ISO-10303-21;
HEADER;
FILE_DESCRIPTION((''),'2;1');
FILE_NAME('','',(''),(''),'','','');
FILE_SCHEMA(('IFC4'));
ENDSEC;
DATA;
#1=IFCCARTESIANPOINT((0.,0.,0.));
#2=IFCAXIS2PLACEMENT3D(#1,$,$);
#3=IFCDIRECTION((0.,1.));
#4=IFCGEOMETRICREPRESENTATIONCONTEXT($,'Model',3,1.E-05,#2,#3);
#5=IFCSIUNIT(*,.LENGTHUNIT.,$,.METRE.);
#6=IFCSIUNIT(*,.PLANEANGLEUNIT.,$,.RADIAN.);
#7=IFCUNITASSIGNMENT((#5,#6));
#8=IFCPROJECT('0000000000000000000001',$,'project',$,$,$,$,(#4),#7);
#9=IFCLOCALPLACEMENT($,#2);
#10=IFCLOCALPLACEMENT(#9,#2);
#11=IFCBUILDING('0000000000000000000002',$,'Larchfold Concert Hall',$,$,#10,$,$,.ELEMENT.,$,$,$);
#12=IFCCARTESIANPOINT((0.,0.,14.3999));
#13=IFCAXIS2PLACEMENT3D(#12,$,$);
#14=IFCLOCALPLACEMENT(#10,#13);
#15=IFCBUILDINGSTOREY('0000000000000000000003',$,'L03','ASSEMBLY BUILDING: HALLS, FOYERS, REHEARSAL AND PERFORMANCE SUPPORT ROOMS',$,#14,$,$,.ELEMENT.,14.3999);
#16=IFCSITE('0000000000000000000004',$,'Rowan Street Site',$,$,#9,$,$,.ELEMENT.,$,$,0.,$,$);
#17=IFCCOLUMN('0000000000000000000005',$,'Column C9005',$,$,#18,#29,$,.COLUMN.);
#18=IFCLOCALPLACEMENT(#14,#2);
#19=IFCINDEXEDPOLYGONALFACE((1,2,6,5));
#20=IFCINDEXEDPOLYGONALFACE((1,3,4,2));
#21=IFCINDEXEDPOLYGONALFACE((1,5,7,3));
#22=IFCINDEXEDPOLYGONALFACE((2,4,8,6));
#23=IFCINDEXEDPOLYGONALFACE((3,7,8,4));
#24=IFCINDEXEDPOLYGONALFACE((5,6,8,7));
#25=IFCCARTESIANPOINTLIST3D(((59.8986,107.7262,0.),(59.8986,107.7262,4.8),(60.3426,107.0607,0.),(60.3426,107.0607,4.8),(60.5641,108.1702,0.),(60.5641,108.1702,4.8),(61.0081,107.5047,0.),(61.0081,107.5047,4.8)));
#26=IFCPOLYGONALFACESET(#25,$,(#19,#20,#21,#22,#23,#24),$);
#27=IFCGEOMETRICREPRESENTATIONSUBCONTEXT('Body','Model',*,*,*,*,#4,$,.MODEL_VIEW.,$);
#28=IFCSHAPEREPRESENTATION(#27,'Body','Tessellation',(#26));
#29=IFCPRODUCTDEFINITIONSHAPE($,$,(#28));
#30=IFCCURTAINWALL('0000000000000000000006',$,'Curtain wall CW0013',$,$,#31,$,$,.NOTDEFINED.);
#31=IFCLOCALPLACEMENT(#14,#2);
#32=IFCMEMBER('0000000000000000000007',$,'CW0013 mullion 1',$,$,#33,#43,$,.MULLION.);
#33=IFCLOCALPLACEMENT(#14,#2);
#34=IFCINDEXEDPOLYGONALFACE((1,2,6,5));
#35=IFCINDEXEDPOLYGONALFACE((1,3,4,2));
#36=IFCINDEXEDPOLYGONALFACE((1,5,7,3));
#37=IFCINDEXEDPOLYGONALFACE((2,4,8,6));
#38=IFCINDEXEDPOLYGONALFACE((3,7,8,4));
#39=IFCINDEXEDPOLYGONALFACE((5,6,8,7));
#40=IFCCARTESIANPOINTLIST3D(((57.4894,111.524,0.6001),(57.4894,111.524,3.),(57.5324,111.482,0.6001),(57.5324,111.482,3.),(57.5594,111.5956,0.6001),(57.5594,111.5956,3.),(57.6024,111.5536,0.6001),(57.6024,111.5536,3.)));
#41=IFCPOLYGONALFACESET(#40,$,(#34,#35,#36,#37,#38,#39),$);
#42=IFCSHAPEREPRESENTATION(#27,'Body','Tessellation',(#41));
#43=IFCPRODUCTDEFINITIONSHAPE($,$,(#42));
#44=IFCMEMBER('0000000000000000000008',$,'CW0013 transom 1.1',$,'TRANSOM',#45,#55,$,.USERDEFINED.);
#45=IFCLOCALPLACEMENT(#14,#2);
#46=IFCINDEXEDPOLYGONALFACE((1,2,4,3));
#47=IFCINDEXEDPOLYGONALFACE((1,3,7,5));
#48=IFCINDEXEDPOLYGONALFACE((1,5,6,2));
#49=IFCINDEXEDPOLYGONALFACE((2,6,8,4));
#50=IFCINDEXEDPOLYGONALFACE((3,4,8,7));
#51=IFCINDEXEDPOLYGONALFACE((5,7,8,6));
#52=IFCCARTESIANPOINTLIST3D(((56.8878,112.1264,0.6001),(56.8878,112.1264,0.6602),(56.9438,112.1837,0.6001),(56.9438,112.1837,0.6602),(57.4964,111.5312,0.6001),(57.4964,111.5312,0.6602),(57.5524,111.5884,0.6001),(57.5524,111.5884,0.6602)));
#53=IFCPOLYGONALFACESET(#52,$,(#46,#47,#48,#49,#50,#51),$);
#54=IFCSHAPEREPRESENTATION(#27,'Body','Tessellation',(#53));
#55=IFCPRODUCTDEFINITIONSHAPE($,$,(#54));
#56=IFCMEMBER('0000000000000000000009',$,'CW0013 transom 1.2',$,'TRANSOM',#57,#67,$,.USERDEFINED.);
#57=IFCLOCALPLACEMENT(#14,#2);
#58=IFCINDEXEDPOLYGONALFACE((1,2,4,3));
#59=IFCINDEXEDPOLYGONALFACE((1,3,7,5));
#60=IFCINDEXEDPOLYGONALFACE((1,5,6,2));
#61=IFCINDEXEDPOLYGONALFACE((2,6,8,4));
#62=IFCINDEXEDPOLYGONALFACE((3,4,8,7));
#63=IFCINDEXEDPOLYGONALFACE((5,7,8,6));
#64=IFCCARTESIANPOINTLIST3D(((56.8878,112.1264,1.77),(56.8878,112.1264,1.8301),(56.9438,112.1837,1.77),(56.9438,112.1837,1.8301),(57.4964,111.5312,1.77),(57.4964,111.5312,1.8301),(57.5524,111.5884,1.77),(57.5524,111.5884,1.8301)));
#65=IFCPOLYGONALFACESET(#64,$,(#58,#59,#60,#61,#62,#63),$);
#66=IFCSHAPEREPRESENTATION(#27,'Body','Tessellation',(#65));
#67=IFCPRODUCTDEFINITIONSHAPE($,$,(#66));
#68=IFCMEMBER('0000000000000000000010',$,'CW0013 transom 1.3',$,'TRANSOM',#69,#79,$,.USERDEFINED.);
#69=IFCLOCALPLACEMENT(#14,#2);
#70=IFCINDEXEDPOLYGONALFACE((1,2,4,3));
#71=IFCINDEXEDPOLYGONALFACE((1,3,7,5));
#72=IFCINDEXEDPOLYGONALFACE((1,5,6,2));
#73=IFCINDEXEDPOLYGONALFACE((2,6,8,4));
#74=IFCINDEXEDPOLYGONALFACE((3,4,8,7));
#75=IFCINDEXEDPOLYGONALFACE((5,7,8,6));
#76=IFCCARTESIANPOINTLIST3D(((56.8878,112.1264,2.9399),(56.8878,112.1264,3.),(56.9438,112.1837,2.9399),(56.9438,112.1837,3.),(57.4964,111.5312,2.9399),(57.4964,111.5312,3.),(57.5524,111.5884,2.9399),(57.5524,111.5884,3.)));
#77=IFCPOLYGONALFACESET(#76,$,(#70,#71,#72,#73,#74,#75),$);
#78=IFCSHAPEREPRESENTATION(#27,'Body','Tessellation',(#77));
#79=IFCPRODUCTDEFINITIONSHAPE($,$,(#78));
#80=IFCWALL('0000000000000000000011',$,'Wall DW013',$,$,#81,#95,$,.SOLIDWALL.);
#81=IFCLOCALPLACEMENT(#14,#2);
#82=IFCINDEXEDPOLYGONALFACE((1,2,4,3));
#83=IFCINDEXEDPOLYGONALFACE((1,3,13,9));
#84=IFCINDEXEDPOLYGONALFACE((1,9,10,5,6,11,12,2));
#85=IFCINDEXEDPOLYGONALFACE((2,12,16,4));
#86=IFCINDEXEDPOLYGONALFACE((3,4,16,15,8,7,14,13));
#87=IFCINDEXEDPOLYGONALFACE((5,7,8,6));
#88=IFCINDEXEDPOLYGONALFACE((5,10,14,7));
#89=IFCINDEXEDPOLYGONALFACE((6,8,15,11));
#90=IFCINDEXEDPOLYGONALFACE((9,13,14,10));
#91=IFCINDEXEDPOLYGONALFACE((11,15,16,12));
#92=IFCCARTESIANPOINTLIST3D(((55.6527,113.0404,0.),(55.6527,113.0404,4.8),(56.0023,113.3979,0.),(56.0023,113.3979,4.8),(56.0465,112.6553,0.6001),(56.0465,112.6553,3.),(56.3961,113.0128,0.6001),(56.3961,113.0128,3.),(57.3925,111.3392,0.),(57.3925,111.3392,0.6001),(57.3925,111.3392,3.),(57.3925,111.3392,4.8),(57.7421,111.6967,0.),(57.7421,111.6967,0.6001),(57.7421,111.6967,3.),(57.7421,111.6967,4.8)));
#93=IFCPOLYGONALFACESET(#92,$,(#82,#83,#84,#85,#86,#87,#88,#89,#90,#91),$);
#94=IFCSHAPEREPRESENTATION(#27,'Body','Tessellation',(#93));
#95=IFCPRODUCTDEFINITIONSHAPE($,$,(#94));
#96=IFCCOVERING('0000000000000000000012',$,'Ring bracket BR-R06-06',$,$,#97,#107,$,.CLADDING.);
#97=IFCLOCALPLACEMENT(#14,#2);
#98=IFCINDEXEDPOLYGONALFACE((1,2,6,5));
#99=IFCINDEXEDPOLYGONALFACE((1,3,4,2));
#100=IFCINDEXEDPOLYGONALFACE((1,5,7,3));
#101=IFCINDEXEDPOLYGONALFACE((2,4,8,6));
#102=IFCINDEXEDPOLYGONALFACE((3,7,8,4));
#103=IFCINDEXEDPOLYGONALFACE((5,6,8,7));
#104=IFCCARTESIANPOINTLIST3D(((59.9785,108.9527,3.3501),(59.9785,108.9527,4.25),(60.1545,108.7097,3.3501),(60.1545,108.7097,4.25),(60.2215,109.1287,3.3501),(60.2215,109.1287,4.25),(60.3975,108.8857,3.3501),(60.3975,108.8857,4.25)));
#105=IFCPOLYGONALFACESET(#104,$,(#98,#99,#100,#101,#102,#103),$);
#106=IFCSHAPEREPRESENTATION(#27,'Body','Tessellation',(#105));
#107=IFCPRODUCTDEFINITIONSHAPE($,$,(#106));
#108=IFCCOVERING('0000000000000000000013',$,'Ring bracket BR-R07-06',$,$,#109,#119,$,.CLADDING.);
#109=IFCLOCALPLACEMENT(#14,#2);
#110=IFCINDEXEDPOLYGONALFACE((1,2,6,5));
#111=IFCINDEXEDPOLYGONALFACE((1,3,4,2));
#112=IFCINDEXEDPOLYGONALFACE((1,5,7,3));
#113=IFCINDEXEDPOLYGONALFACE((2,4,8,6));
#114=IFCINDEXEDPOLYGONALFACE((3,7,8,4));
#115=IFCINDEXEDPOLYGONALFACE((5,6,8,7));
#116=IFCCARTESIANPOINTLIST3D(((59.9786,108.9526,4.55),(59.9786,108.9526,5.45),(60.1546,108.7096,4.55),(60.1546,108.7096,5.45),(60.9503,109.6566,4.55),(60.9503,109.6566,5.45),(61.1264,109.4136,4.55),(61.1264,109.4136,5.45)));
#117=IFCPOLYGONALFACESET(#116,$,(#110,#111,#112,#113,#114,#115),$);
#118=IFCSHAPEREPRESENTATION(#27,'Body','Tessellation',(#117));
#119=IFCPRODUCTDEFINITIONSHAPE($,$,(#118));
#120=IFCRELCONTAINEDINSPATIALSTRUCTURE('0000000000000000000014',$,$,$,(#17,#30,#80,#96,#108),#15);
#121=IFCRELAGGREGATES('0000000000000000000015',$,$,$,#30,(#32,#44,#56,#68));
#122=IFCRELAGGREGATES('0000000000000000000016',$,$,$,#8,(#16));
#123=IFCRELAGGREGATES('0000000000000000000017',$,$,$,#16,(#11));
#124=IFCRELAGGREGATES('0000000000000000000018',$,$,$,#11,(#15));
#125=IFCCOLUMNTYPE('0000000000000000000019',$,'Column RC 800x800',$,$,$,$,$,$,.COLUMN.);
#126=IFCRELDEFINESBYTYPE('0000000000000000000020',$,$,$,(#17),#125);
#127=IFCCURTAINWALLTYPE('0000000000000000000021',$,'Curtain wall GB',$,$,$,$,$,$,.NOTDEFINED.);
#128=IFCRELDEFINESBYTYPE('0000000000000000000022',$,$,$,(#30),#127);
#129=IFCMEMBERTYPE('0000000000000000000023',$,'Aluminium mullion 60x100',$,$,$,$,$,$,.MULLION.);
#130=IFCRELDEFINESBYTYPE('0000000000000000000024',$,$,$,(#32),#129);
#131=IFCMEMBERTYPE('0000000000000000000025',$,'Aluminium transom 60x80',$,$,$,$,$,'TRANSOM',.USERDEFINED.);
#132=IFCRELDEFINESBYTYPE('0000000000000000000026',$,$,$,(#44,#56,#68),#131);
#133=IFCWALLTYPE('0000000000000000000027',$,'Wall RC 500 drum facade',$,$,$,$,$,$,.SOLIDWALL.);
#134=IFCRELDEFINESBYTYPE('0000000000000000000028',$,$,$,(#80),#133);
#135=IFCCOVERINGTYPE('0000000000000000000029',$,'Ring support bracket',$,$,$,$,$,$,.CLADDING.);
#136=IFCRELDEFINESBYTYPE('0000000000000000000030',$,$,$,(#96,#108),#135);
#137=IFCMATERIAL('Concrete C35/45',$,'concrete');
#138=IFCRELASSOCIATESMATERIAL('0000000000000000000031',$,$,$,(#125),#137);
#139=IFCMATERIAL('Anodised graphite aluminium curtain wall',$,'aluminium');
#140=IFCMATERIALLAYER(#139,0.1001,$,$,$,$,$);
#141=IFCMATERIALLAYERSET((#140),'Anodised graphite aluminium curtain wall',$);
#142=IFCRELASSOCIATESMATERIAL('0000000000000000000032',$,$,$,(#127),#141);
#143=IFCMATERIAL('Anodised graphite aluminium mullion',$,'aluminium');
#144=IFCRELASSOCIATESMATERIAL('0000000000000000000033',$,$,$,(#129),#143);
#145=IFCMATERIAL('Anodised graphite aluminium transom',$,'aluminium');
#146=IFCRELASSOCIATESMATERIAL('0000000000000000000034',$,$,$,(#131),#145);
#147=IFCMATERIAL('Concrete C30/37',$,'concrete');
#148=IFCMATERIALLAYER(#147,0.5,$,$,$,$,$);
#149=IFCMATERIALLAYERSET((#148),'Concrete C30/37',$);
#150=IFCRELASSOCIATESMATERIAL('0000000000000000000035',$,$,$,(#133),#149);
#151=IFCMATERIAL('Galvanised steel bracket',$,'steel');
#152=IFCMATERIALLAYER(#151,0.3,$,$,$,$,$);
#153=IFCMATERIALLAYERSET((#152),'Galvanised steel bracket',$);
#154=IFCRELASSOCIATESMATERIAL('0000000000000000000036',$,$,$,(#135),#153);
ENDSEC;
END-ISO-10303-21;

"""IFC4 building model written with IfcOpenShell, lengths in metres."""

from ifc_helpers import new_model, si_unit, direction, frame, frame_2d, origin, origin_2d, place, context, subcontext, project, spatial, rectangle, extrude, material, layer, layer_set, material_profile, profile_set, type_object, element, fill, aggregate, save


model = new_model("IFC4")

# Units and contexts
model_context = context("Model", 3, precision=1e-05, world=origin(), true_north=direction((0.0, 1.0)))
body_context = subcontext(model_context, "Body", "Model", "MODEL_VIEW")
ifc_project = project(units=[si_unit("LENGTHUNIT", "METRE"), si_unit("PLANEANGLEUNIT", "RADIAN")], contexts=[model_context])

# Site, building, storey
site_placement = place(None, origin())
site = spatial("IfcSite", under=ifc_project, at=site_placement, Name="Rowan Street Site", CompositionType="ELEMENT", RefElevation=0.0)
building_placement = place(site_placement, origin())
building = spatial("IfcBuilding", under=site, at=building_placement, Name="Larchfold Concert Hall", CompositionType="ELEMENT")
storey_placement = place(building_placement, frame((0.0, 0.0, 14.3999)))
storey = spatial("IfcBuildingStorey", under=building, at=storey_placement, Name="L03", Description="ASSEMBLY BUILDING: HALLS, FOYERS, REHEARSAL AND PERFORMANCE SUPPORT ROOMS", CompositionType="ELEMENT", Elevation=14.3999)

# Column
ifc_material_1 = material(Name="Concrete C35/45", Category="concrete")
ifc_material_profile_1 = material_profile(ifc_material_1, rectangle(XDim=0.8, YDim=0.8, at=origin_2d()))
ifc_profile_set_1 = profile_set([ifc_material_profile_1], Name="Concrete C35/45")
column_type = type_object("IfcColumnType", Name="Column RC 800x800", PredefinedType="COLUMN", material=ifc_profile_set_1)
column_placement = place(storey_placement, frame((60.4534, 107.6155, 0.0), z_axis=(0.0, 0.0, 1.0), x_axis=(0.831868, 0.554974, 0.0)))
element("IfcColumn", 1, at=column_placement, inside=storey, type_object=column_type, Name="Column C9005", PredefinedType="COLUMN", context=body_context, shape_type="SweptSolid", body=[
    extrude(rectangle(XDim=0.8, YDim=0.8, at=origin_2d()), origin(), (0.0, 0.0, 1.0), 4.8),
])

# Shared definitions
ifc_material_2 = material(Name="Anodised graphite aluminium curtain wall", Category="aluminium")
ifc_layer_1 = layer(ifc_material_2, 0.1001)
ifc_layer_set_1 = layer_set([ifc_layer_1], Name="Anodised graphite aluminium curtain wall")
curtain_wall_type = type_object("IfcCurtainWallType", Name="Curtain wall GB", PredefinedType="NOTDEFINED", material=ifc_layer_set_1)
ifc_material_3 = material(Name="Anodised graphite aluminium mullion", Category="aluminium")
ifc_material_profile_2 = material_profile(ifc_material_3, rectangle(XDim=0.1001, YDim=0.0601, at=origin_2d()))
ifc_profile_set_2 = profile_set([ifc_material_profile_2], Name="Anodised graphite aluminium mullion")
member_type_1 = type_object("IfcMemberType", Name="Aluminium mullion 60x100", PredefinedType="MULLION", material=ifc_profile_set_2)

# Curtain wall, member
curtain_wall_1_placement = place(storey_placement, origin())
curtain_wall_1 = element("IfcCurtainWall", 2, at=curtain_wall_1_placement, inside=storey, type_object=curtain_wall_type, Name="Curtain wall CW0013", PredefinedType="NOTDEFINED")
member_1_placement = place(storey_placement, frame((57.5459, 111.5388, 0.6001), z_axis=(0.0, 0.0, 1.0), x_axis=(-0.699087, -0.715037, 0.0)))
member_1 = element("IfcMember", 3, at=member_1_placement, type_object=member_type_1, Name="CW0013 mullion 1", PredefinedType="MULLION", context=body_context, shape_type="SweptSolid", body=[
    extrude(rectangle(XDim=0.1001, YDim=0.0601, at=origin_2d()), origin(), (0.0, 0.0, 1.0), 2.3999),
])

# Members
ifc_material_4 = material(Name="Anodised graphite aluminium transom", Category="aluminium")
ifc_material_profile_3 = material_profile(ifc_material_4, rectangle(XDim=0.0801, YDim=0.0601, at=origin_2d()))
ifc_profile_set_3 = profile_set([ifc_material_profile_3], Name="Anodised graphite aluminium transom")
member_type_2 = type_object("IfcMemberType", Name="Aluminium transom 60x80", ElementType="TRANSOM", PredefinedType="USERDEFINED", material=ifc_profile_set_3)
member_2_placement = place(storey_placement, frame((57.5244, 111.5598, 0.6301), z_axis=(-0.714949, 0.699176, 0.0), x_axis=(-0.699176, -0.714949, 0.0)))
member_2 = element("IfcMember", 4, at=member_2_placement, type_object=member_type_2, Name="CW0013 transom 1.1", ObjectType="TRANSOM", PredefinedType="USERDEFINED", context=body_context, shape_type="SweptSolid", body=[
    extrude(rectangle(XDim=0.0801, YDim=0.0601, at=origin_2d()), origin(), (0.0, 0.0, 1.0), 0.8513),
])
member_3_placement = place(storey_placement, frame((57.5244, 111.5598, 1.8), z_axis=(-0.714949, 0.699176, 0.0), x_axis=(-0.699176, -0.714949, 0.0)))
member_3 = element("IfcMember", 5, at=member_3_placement, type_object=member_type_2, Name="CW0013 transom 1.2", ObjectType="TRANSOM", PredefinedType="USERDEFINED", context=body_context, shape_type="SweptSolid", body=[
    extrude(rectangle(XDim=0.0801, YDim=0.0601, at=origin_2d()), origin(), (0.0, 0.0, 1.0), 0.8513),
])
member_4_placement = place(storey_placement, frame((57.5244, 111.5598, 2.97), z_axis=(-0.714949, 0.699176, 0.0), x_axis=(-0.699176, -0.714949, 0.0)))
member_4 = element("IfcMember", 6, at=member_4_placement, type_object=member_type_2, Name="CW0013 transom 1.3", ObjectType="TRANSOM", PredefinedType="USERDEFINED", context=body_context, shape_type="SweptSolid", body=[
    extrude(rectangle(XDim=0.0801, YDim=0.0601, at=origin_2d()), origin(), (0.0, 0.0, 1.0), 0.8513),
])
aggregate(curtain_wall_1, [member_1, member_2, member_3, member_4])

# Wall, opening
ifc_material_5 = material(Name="Concrete C30/37", Category="concrete")
ifc_layer_2 = layer(ifc_material_5, 0.5)
ifc_layer_set_2 = layer_set([ifc_layer_2], Name="Concrete C30/37")
wall_type = type_object("IfcWallType", Name="Wall RC 500 drum facade", PredefinedType="SOLIDWALL", material=ifc_layer_set_2)
wall_1_placement = place(storey_placement, frame((57.5674, 111.5178, 0.0), z_axis=(0.0, 0.0, 1.0), x_axis=(-0.714989, 0.699136, 0.0)))
wall_1 = element("IfcWall", 7, at=wall_1_placement, inside=storey, type_object=wall_type, Name="Wall DW013", PredefinedType="SOLIDWALL", context=body_context, shape_type="SweptSolid", body=[
    extrude(rectangle(XDim=2.4333, YDim=0.5, at=frame_2d((1.2168, 0.0))), origin(), (0.0, 0.0, 1.0), 4.8),
])
opening_1_placement = place(wall_1_placement, frame((0.0, 0.0, 0.6001)))
opening_1 = element("IfcOpeningElement", 8, at=opening_1_placement, cuts=wall_1, PredefinedType="OPENING", context=body_context, shape_type="SweptSolid", body=[
    extrude(rectangle(XDim=1.8826, YDim=2.3999, at=frame_2d((0.9414, 1.2))), frame((0.0, 0.26, 0.0), z_axis=(0.0, -1.0, 0.0), x_axis=(1.0, 0.0, 0.0)), (0.0, 0.0, 1.0), 0.52),
])
fill(opening_1, curtain_wall_1)

# Coverings
ifc_material_6 = material(Name="Galvanised steel bracket", Category="steel")
ifc_layer_3 = layer(ifc_material_6, 0.3)
ifc_layer_set_3 = layer_set([ifc_layer_3], Name="Galvanised steel bracket")
covering_type = type_object("IfcCoveringType", Name="Ring support bracket", PredefinedType="CLADDING", material=ifc_layer_set_3)
covering_1_placement = place(storey_placement, frame((60.188, 108.9192, 3.3501), z_axis=(0.0, 0.0, 1.0), x_axis=(0.809815, 0.586685, 0.0)))
element("IfcCovering", 9, at=covering_1_placement, inside=storey, type_object=covering_type, Name="Ring bracket BR-R06-06", PredefinedType="CLADDING", context=body_context, shape_type="SweptSolid", body=[
    extrude(rectangle(XDim=0.3, YDim=0.3, at=origin_2d()), origin(), (0.0, 0.0, 1.0), 0.8999),
])
covering_2_placement = place(storey_placement, frame((60.5525, 109.1831, 4.55), z_axis=(0.0, 0.0, 1.0), x_axis=(0.809815, 0.586685, 0.0)))
element("IfcCovering", 10, at=covering_2_placement, inside=storey, type_object=covering_type, Name="Ring bracket BR-R07-06", PredefinedType="CLADDING", context=body_context, shape_type="SweptSolid", body=[
    extrude(rectangle(XDim=1.2, YDim=0.3, at=origin_2d()), origin(), (0.0, 0.0, 1.0), 0.8999),
])

save(model, "model.ifc")
